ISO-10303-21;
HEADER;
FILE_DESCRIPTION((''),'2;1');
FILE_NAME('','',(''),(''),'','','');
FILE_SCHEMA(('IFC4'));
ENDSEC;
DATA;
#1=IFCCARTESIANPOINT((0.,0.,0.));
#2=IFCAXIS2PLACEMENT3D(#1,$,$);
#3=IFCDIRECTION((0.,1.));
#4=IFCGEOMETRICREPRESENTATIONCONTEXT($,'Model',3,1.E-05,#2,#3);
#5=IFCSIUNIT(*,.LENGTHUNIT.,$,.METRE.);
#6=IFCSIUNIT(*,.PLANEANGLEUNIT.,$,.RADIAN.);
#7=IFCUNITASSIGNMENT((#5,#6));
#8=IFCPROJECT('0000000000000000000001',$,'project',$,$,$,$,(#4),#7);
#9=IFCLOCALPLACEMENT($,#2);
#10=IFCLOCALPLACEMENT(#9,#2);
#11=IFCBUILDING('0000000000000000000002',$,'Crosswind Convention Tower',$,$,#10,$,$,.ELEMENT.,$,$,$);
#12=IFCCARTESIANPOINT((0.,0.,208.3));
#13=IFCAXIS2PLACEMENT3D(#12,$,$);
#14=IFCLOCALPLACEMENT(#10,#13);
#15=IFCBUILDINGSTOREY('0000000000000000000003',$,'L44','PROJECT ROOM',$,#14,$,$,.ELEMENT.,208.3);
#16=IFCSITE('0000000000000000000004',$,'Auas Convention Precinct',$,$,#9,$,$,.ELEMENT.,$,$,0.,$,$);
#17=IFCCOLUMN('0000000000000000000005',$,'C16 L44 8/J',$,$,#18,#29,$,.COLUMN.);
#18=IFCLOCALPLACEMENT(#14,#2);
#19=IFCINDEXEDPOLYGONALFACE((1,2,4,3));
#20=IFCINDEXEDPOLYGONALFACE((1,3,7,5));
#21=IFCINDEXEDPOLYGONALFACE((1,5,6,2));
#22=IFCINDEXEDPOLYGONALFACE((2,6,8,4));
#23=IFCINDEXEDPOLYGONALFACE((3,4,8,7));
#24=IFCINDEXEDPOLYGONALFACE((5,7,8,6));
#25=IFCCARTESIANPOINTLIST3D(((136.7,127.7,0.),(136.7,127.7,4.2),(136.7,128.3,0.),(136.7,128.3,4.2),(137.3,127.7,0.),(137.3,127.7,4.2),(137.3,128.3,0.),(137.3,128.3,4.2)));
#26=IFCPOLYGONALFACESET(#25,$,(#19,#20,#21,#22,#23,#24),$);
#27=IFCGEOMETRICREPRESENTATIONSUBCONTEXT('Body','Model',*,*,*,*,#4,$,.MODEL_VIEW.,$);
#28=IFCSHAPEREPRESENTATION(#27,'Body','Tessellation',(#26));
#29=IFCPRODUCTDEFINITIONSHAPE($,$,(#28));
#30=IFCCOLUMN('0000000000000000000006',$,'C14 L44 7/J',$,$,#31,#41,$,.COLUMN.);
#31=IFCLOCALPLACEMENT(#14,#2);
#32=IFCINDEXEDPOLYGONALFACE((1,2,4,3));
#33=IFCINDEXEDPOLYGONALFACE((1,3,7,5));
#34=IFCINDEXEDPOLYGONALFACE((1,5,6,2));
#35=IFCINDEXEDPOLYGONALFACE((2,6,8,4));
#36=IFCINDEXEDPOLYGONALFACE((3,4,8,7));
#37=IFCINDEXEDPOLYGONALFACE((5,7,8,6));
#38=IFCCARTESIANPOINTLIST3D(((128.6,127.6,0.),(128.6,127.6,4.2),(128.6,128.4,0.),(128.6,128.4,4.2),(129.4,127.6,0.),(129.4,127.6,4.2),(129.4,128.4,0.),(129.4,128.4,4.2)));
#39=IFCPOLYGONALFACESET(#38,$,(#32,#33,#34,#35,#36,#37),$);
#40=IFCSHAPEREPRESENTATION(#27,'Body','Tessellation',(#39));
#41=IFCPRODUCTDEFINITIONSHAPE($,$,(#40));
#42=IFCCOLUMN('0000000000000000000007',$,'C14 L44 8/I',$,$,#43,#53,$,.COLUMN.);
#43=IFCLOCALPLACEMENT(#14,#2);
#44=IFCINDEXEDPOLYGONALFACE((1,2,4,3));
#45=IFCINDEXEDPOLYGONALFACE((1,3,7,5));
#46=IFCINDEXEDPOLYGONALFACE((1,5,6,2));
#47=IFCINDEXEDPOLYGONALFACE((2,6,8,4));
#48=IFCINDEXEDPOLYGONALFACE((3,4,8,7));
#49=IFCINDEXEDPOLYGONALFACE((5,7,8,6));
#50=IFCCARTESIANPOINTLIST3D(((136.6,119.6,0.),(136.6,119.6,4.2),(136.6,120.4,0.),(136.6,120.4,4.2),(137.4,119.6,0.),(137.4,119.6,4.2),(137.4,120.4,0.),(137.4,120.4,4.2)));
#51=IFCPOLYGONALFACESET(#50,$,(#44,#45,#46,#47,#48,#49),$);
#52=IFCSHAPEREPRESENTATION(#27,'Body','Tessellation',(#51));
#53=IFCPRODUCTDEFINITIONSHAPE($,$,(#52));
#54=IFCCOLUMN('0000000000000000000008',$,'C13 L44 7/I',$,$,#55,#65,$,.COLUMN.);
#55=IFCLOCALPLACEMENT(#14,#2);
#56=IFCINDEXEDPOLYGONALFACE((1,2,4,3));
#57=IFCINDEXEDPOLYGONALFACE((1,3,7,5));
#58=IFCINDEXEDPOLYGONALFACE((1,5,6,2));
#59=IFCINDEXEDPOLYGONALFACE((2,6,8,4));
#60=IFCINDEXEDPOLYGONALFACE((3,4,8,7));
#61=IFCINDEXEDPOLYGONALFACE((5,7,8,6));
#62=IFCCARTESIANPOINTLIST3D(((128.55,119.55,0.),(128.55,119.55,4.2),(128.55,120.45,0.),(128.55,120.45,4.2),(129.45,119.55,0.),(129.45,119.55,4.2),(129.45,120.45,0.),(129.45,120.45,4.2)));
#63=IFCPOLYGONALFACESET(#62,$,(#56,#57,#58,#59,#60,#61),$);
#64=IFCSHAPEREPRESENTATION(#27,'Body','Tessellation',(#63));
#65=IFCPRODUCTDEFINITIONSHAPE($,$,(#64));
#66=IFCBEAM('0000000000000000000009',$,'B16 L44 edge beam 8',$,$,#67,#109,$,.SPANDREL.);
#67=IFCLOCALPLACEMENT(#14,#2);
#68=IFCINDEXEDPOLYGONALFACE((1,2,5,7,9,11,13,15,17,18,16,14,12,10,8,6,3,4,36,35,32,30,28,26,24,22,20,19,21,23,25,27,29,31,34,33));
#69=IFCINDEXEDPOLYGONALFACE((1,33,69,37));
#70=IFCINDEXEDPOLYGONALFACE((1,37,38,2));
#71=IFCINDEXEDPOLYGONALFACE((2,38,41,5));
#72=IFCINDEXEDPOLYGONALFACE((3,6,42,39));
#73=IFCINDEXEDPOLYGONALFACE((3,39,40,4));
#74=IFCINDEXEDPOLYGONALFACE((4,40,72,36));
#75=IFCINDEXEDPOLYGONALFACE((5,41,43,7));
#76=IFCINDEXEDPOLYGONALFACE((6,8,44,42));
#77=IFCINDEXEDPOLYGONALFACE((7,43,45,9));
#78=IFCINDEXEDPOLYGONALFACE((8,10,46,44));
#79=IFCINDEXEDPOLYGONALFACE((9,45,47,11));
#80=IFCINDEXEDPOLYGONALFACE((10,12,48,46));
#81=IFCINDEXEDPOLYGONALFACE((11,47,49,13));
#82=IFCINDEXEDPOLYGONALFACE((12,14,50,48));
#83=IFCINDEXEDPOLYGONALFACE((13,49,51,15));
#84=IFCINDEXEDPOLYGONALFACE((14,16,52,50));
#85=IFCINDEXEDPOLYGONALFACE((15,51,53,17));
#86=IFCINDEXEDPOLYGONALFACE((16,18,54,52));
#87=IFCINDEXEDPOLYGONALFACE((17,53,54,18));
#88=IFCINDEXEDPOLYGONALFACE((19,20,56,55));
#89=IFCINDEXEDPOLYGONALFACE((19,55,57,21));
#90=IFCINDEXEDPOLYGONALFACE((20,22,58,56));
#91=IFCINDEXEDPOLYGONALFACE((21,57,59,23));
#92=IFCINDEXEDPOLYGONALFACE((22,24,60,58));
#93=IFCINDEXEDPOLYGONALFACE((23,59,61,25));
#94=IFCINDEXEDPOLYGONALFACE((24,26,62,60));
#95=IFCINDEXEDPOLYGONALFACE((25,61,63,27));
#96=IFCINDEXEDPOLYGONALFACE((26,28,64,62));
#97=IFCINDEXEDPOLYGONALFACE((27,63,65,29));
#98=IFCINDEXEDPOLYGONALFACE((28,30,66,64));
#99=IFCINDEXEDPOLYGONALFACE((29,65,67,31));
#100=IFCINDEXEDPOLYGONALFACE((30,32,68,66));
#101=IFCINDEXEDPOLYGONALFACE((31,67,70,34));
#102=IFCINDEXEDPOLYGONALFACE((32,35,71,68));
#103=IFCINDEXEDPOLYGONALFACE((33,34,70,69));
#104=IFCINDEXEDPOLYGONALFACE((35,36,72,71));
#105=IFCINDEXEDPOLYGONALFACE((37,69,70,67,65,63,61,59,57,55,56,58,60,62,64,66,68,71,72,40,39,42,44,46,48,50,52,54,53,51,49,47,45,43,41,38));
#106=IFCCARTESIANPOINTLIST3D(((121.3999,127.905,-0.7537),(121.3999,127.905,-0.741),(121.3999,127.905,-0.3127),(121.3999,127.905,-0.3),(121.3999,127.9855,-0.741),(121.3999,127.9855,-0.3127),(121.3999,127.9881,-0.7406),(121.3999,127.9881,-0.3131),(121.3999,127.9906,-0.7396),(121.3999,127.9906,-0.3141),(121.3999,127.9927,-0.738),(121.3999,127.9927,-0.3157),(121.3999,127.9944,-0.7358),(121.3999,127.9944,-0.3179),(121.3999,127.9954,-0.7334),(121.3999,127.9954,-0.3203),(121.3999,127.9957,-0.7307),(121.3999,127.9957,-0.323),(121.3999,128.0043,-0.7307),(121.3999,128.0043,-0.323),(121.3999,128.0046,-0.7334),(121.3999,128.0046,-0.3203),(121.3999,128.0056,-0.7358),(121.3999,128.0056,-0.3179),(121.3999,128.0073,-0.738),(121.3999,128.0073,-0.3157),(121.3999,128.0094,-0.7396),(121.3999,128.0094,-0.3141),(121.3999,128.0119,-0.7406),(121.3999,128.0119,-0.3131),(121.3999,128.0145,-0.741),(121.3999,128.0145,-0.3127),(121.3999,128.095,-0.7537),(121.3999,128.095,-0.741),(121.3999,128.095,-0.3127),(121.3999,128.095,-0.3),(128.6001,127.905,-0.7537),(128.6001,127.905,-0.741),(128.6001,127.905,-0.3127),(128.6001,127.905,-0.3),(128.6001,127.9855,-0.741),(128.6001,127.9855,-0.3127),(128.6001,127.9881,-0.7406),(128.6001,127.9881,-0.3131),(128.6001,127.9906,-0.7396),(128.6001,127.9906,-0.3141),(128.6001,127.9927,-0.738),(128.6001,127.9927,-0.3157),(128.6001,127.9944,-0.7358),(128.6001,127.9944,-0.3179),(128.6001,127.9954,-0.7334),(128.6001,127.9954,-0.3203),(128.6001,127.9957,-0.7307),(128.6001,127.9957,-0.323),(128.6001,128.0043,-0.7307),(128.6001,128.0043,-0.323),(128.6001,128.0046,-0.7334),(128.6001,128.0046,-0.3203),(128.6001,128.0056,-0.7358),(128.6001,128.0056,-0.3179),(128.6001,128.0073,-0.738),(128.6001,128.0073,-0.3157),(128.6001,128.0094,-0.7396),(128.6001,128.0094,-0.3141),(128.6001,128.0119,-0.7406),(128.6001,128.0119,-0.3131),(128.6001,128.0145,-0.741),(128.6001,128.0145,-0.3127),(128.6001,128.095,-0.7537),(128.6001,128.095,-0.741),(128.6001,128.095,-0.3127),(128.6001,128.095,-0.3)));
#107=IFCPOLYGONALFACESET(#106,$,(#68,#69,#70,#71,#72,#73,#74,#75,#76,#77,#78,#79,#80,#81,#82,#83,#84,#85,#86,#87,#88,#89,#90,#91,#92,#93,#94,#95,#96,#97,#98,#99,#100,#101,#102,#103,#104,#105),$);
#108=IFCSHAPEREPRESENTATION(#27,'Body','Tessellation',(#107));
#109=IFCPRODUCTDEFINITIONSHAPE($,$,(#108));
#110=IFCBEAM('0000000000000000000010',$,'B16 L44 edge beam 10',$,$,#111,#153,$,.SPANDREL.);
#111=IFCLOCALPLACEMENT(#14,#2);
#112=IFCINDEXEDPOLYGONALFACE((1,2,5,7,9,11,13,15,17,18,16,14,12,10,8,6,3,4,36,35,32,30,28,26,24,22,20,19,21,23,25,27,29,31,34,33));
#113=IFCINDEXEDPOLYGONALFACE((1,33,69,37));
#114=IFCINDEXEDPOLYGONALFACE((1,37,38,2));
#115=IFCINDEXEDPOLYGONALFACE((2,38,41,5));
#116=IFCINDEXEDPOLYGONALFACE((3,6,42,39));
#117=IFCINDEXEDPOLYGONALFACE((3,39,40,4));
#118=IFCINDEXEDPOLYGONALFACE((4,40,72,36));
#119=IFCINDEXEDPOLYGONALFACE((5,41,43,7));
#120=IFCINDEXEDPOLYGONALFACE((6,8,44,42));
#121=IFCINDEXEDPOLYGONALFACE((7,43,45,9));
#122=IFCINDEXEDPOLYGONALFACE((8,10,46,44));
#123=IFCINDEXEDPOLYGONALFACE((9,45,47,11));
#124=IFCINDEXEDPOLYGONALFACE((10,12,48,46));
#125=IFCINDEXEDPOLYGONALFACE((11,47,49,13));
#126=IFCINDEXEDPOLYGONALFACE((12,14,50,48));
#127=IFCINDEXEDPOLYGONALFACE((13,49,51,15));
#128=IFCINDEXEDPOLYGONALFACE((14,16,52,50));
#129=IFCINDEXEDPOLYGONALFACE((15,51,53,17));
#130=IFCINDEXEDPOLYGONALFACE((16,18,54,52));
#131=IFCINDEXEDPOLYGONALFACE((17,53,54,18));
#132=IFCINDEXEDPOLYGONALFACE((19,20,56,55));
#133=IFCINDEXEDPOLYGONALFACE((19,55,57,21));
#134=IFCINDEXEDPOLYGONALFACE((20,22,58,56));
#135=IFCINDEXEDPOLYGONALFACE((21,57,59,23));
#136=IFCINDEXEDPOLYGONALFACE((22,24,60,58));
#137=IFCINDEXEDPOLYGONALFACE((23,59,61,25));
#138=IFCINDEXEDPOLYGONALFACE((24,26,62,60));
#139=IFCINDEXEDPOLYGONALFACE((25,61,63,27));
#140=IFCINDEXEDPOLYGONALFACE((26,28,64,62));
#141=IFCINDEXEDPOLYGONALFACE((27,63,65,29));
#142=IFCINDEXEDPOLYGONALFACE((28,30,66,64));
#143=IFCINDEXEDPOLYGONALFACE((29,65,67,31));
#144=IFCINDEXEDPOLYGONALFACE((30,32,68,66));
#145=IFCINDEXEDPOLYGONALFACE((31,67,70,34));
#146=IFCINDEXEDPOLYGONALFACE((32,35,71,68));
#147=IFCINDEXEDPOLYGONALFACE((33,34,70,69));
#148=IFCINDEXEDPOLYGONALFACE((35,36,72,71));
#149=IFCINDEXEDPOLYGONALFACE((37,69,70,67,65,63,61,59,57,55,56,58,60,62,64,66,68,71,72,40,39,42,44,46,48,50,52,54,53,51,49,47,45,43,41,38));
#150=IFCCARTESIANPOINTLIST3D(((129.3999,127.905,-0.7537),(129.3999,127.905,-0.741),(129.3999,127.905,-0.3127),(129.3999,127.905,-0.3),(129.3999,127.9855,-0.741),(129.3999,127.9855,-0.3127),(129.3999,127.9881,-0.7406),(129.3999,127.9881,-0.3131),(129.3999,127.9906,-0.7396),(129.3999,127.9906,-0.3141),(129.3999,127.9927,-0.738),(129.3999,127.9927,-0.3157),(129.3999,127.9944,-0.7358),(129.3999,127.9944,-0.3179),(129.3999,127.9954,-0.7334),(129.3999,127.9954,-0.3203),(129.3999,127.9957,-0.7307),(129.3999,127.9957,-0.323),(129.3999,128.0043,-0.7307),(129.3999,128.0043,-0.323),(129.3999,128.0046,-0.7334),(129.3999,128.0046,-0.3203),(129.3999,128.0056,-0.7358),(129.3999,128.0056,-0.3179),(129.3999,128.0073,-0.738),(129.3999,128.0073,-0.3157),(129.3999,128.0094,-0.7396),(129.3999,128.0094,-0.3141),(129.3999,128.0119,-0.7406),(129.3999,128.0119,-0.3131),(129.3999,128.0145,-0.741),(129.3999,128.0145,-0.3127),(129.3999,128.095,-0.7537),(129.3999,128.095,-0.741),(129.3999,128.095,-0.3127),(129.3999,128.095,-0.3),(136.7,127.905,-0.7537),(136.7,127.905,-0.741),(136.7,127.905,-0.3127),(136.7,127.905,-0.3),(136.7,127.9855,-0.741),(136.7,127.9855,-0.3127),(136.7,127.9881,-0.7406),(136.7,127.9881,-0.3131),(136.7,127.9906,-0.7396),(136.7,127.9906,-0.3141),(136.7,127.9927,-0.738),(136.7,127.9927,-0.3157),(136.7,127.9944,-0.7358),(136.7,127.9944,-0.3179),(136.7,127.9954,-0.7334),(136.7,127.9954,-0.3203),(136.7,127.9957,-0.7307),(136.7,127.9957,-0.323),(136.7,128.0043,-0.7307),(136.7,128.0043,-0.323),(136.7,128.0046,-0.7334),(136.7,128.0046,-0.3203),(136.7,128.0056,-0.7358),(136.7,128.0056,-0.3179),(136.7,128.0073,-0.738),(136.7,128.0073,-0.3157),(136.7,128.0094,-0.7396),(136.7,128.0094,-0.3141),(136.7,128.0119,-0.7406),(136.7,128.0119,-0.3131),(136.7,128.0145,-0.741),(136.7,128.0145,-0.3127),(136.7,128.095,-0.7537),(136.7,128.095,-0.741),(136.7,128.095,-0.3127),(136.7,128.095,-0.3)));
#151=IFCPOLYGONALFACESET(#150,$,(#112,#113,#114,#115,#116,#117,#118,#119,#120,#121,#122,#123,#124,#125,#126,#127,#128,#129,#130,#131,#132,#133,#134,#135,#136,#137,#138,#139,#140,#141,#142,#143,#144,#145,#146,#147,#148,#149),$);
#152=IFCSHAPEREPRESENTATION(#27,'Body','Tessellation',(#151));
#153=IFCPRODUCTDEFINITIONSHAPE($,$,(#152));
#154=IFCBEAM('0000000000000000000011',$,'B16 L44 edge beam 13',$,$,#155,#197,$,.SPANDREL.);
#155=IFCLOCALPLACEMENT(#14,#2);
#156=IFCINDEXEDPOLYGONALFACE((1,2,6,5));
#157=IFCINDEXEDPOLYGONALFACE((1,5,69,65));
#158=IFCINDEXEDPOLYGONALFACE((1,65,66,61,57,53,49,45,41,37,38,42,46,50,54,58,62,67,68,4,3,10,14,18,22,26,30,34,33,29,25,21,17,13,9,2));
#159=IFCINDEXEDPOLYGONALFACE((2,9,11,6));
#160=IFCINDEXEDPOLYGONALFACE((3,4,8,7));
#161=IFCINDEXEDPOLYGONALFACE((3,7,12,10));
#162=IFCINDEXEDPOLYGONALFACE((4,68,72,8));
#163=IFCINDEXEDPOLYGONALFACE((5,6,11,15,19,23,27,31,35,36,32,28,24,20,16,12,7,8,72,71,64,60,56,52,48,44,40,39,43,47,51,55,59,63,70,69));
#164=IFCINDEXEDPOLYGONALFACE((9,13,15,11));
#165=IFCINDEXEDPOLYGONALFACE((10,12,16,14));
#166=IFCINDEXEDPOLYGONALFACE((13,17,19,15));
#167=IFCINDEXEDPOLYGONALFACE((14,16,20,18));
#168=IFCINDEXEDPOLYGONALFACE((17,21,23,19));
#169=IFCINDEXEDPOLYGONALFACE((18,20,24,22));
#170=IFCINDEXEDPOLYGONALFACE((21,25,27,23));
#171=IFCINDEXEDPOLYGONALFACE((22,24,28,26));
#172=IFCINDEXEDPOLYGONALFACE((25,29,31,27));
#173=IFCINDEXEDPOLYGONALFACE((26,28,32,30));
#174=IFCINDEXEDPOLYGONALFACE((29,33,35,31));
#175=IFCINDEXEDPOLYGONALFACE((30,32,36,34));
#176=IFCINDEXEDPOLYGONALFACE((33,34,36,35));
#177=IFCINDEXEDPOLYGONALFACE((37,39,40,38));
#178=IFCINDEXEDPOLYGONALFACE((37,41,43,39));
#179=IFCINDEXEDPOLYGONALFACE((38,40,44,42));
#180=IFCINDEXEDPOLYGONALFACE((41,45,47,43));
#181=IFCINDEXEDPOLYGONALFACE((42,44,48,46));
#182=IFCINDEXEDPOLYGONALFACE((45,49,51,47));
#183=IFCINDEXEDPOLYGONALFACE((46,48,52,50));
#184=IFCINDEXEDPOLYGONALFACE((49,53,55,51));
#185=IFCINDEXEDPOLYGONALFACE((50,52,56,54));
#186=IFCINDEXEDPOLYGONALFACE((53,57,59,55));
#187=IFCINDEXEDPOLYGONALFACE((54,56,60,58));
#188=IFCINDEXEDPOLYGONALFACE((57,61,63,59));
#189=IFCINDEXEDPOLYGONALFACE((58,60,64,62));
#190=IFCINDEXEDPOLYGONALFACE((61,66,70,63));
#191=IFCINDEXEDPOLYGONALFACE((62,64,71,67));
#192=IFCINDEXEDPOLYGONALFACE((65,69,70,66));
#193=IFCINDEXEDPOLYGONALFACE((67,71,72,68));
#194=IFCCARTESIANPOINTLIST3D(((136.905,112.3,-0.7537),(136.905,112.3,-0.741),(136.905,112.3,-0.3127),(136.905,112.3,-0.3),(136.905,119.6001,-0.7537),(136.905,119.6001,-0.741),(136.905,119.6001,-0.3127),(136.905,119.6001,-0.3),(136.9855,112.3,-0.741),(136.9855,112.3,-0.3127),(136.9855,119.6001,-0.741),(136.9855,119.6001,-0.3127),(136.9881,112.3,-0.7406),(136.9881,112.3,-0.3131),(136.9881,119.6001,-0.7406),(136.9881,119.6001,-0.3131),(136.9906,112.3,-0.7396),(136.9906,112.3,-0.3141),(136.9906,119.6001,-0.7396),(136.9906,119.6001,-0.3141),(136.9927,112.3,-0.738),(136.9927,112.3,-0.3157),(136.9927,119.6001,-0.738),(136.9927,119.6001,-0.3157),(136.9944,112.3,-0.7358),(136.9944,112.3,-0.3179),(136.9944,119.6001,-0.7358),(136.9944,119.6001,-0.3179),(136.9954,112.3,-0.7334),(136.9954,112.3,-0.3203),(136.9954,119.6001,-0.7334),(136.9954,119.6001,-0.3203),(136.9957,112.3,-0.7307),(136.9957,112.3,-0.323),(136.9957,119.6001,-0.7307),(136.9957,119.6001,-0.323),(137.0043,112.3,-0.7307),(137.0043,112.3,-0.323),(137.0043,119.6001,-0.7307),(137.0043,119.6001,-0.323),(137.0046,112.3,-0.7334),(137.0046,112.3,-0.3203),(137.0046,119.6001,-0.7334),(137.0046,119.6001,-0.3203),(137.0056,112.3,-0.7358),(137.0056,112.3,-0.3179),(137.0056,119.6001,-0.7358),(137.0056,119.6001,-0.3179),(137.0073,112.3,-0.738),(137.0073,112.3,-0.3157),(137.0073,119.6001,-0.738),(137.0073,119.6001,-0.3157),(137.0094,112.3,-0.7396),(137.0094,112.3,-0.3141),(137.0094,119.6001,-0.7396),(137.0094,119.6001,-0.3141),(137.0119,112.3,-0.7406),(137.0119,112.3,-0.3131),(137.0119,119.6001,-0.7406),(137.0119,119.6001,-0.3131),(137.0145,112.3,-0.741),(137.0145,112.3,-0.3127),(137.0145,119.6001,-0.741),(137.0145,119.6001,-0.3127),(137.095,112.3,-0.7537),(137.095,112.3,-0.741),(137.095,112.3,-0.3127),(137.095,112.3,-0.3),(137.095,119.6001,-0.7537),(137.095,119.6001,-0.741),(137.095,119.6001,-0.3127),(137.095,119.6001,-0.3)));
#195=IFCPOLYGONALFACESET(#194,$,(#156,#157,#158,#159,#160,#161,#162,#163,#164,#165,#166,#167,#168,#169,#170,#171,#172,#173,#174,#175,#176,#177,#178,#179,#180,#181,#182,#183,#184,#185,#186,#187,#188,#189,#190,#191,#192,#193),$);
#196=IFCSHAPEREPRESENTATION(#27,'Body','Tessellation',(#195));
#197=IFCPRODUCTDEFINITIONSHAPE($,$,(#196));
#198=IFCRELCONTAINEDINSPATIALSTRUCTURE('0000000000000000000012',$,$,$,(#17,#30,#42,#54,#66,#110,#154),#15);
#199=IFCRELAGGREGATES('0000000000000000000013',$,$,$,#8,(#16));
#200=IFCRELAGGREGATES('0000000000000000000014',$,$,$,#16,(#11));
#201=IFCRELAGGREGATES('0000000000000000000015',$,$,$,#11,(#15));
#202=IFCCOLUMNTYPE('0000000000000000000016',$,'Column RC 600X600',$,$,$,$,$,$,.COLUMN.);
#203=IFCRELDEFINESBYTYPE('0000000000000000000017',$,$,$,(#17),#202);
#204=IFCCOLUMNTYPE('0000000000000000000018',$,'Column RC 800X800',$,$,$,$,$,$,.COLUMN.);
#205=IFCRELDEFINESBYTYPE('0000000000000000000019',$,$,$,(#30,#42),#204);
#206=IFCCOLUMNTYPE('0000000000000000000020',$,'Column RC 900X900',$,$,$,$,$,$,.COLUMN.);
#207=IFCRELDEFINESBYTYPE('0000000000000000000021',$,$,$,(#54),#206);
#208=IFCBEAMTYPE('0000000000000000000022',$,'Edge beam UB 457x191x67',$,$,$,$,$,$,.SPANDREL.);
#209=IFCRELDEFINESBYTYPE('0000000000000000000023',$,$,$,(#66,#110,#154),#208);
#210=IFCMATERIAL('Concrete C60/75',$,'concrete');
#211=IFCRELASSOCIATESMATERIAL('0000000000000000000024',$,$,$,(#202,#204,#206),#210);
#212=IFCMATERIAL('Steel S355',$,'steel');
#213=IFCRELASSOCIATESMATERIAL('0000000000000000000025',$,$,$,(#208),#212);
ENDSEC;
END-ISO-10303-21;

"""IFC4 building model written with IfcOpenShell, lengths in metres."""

from ifc_helpers import new_model, si_unit, direction, frame, origin, origin_2d, place, context, subcontext, project, spatial, rectangle, i_section, extrude, material, material_profile, profile_set, type_object, element, save


model = new_model("IFC4")

# Units and contexts
model_context = context("Model", 3, precision=1e-05, world=origin(), true_north=direction((0.0, 1.0)))
body_context = subcontext(model_context, "Body", "Model", "MODEL_VIEW")
ifc_project = project(units=[si_unit("LENGTHUNIT", "METRE"), si_unit("PLANEANGLEUNIT", "RADIAN")], contexts=[model_context])

# Site, building, storey
site_placement = place(None, origin())
site = spatial("IfcSite", under=ifc_project, at=site_placement, Name="Auas Convention Precinct", CompositionType="ELEMENT", RefElevation=0.0)
building_placement = place(site_placement, origin())
building = spatial("IfcBuilding", under=site, at=building_placement, Name="Crosswind Convention Tower", CompositionType="ELEMENT")
storey_placement = place(building_placement, frame((0.0, 0.0, 208.3)))
storey = spatial("IfcBuildingStorey", under=building, at=storey_placement, Name="L44", Description="PROJECT ROOM", CompositionType="ELEMENT", Elevation=208.3)

# Columns
ifc_material_1 = material(Name="Concrete C60/75", Category="concrete")
ifc_material_profile_1 = material_profile(ifc_material_1, rectangle(XDim=0.6001, YDim=0.6001, at=origin_2d()), Name="RC 600X600")
ifc_profile_set_1 = profile_set([ifc_material_profile_1], Name="Concrete C60/75")
column_type_1 = type_object("IfcColumnType", Name="Column RC 600X600", PredefinedType="COLUMN", material=ifc_profile_set_1)
column_1_placement = place(storey_placement, frame((137.0, 128.0, 0.0), z_axis=(0.0, 0.0, 1.0), x_axis=(1.0, 0.0, 0.0)))
element("IfcColumn", 1, at=column_1_placement, inside=storey, type_object=column_type_1, Name="C16 L44 8/J", PredefinedType="COLUMN", context=body_context, shape_type="SweptSolid", body=[
    extrude(rectangle(XDim=0.6001, YDim=0.6001, at=origin_2d()), origin(), (0.0, 0.0, 1.0), 4.2),
])
ifc_material_profile_2 = material_profile(ifc_material_1, rectangle(XDim=0.8, YDim=0.8, at=origin_2d()), Name="RC 800X800")
ifc_profile_set_2 = profile_set([ifc_material_profile_2], Name="Concrete C60/75")
column_type_2 = type_object("IfcColumnType", Name="Column RC 800X800", PredefinedType="COLUMN", material=ifc_profile_set_2)
for number, where, z_axis, x_axis, name in (
    (2, (129.0, 128.0, 0.0), (0.0, 0.0, 1.0), (1.0, 0.0, 0.0), "C14 L44 7/J"),
    (3, (137.0, 120.0, 0.0), (0.0, 0.0, 1.0), (1.0, 0.0, 0.0), "C14 L44 8/I"),
):
    element("IfcColumn", number, at=place(storey_placement, frame(where, z_axis=z_axis, x_axis=x_axis)), inside=storey, type_object=column_type_2, Name=name, PredefinedType="COLUMN", context=body_context, shape_type="SweptSolid", body=[
        extrude(rectangle(XDim=0.8, YDim=0.8, at=origin_2d()), origin(), (0.0, 0.0, 1.0), 4.2),
    ])
ifc_material_profile_3 = material_profile(ifc_material_1, rectangle(XDim=0.8999, YDim=0.8999, at=origin_2d()), Name="RC 900X900")
ifc_profile_set_3 = profile_set([ifc_material_profile_3], Name="Concrete C60/75")
column_type_3 = type_object("IfcColumnType", Name="Column RC 900X900", PredefinedType="COLUMN", material=ifc_profile_set_3)
column_2_placement = place(storey_placement, frame((129.0, 120.0, 0.0), z_axis=(0.0, 0.0, 1.0), x_axis=(1.0, 0.0, 0.0)))
element("IfcColumn", 4, at=column_2_placement, inside=storey, type_object=column_type_3, Name="C13 L44 7/I", PredefinedType="COLUMN", context=body_context, shape_type="SweptSolid", body=[
    extrude(rectangle(XDim=0.8999, YDim=0.8999, at=origin_2d()), origin(), (0.0, 0.0, 1.0), 4.2),
])

# Beams
ifc_material_2 = material(Name="Steel S355", Category="steel")
ifc_material_profile_4 = material_profile(ifc_material_2, i_section(OverallWidth=0.1899, OverallDepth=0.4536, WebThickness=0.0085, FlangeThickness=0.0127, FilletRadius=0.0103, at=origin_2d()), Name="UB 457x191x67")
ifc_profile_set_4 = profile_set([ifc_material_profile_4], Name="Steel S355")
beam_type_1 = type_object("IfcBeamType", Name="Edge beam UB 457x191x67", PredefinedType="SPANDREL", material=ifc_profile_set_4)
beam_placement = place(storey_placement, frame((121.3999, 128.0, -0.5269), z_axis=(1.0, 0.0, 0.0), x_axis=(0.0, 1.0, 0.0)))
element("IfcBeam", 5, at=beam_placement, inside=storey, type_object=beam_type_1, Name="B16 L44 edge beam 8", PredefinedType="SPANDREL", context=body_context, shape_type="SweptSolid", body=[
    extrude(i_section(OverallWidth=0.1899, OverallDepth=0.4536, WebThickness=0.0085, FlangeThickness=0.0127, FilletRadius=0.0103, at=origin_2d()), origin(), (0.0, 0.0, 1.0), 7.2002),
])
for number, where, z_axis, x_axis, name in (
    (6, (129.3999, 128.0, -0.5269), (1.0, 0.0, 0.0), (0.0, 1.0, 0.0), "B16 L44 edge beam 10"),
    (7, (137.0, 112.3, -0.5269), (0.0, 1.0, 0.0), (-1.0, 0.0, 0.0), "B16 L44 edge beam 13"),
):
    element("IfcBeam", number, at=place(storey_placement, frame(where, z_axis=z_axis, x_axis=x_axis)), inside=storey, type_object=beam_type_1, Name=name, PredefinedType="SPANDREL", context=body_context, shape_type="SweptSolid", body=[
        extrude(i_section(OverallWidth=0.1899, OverallDepth=0.4536, WebThickness=0.0085, FlangeThickness=0.0127, FilletRadius=0.0103, at=origin_2d()), origin(), (0.0, 0.0, 1.0), 7.3),
    ])

save(model, "model.ifc")
